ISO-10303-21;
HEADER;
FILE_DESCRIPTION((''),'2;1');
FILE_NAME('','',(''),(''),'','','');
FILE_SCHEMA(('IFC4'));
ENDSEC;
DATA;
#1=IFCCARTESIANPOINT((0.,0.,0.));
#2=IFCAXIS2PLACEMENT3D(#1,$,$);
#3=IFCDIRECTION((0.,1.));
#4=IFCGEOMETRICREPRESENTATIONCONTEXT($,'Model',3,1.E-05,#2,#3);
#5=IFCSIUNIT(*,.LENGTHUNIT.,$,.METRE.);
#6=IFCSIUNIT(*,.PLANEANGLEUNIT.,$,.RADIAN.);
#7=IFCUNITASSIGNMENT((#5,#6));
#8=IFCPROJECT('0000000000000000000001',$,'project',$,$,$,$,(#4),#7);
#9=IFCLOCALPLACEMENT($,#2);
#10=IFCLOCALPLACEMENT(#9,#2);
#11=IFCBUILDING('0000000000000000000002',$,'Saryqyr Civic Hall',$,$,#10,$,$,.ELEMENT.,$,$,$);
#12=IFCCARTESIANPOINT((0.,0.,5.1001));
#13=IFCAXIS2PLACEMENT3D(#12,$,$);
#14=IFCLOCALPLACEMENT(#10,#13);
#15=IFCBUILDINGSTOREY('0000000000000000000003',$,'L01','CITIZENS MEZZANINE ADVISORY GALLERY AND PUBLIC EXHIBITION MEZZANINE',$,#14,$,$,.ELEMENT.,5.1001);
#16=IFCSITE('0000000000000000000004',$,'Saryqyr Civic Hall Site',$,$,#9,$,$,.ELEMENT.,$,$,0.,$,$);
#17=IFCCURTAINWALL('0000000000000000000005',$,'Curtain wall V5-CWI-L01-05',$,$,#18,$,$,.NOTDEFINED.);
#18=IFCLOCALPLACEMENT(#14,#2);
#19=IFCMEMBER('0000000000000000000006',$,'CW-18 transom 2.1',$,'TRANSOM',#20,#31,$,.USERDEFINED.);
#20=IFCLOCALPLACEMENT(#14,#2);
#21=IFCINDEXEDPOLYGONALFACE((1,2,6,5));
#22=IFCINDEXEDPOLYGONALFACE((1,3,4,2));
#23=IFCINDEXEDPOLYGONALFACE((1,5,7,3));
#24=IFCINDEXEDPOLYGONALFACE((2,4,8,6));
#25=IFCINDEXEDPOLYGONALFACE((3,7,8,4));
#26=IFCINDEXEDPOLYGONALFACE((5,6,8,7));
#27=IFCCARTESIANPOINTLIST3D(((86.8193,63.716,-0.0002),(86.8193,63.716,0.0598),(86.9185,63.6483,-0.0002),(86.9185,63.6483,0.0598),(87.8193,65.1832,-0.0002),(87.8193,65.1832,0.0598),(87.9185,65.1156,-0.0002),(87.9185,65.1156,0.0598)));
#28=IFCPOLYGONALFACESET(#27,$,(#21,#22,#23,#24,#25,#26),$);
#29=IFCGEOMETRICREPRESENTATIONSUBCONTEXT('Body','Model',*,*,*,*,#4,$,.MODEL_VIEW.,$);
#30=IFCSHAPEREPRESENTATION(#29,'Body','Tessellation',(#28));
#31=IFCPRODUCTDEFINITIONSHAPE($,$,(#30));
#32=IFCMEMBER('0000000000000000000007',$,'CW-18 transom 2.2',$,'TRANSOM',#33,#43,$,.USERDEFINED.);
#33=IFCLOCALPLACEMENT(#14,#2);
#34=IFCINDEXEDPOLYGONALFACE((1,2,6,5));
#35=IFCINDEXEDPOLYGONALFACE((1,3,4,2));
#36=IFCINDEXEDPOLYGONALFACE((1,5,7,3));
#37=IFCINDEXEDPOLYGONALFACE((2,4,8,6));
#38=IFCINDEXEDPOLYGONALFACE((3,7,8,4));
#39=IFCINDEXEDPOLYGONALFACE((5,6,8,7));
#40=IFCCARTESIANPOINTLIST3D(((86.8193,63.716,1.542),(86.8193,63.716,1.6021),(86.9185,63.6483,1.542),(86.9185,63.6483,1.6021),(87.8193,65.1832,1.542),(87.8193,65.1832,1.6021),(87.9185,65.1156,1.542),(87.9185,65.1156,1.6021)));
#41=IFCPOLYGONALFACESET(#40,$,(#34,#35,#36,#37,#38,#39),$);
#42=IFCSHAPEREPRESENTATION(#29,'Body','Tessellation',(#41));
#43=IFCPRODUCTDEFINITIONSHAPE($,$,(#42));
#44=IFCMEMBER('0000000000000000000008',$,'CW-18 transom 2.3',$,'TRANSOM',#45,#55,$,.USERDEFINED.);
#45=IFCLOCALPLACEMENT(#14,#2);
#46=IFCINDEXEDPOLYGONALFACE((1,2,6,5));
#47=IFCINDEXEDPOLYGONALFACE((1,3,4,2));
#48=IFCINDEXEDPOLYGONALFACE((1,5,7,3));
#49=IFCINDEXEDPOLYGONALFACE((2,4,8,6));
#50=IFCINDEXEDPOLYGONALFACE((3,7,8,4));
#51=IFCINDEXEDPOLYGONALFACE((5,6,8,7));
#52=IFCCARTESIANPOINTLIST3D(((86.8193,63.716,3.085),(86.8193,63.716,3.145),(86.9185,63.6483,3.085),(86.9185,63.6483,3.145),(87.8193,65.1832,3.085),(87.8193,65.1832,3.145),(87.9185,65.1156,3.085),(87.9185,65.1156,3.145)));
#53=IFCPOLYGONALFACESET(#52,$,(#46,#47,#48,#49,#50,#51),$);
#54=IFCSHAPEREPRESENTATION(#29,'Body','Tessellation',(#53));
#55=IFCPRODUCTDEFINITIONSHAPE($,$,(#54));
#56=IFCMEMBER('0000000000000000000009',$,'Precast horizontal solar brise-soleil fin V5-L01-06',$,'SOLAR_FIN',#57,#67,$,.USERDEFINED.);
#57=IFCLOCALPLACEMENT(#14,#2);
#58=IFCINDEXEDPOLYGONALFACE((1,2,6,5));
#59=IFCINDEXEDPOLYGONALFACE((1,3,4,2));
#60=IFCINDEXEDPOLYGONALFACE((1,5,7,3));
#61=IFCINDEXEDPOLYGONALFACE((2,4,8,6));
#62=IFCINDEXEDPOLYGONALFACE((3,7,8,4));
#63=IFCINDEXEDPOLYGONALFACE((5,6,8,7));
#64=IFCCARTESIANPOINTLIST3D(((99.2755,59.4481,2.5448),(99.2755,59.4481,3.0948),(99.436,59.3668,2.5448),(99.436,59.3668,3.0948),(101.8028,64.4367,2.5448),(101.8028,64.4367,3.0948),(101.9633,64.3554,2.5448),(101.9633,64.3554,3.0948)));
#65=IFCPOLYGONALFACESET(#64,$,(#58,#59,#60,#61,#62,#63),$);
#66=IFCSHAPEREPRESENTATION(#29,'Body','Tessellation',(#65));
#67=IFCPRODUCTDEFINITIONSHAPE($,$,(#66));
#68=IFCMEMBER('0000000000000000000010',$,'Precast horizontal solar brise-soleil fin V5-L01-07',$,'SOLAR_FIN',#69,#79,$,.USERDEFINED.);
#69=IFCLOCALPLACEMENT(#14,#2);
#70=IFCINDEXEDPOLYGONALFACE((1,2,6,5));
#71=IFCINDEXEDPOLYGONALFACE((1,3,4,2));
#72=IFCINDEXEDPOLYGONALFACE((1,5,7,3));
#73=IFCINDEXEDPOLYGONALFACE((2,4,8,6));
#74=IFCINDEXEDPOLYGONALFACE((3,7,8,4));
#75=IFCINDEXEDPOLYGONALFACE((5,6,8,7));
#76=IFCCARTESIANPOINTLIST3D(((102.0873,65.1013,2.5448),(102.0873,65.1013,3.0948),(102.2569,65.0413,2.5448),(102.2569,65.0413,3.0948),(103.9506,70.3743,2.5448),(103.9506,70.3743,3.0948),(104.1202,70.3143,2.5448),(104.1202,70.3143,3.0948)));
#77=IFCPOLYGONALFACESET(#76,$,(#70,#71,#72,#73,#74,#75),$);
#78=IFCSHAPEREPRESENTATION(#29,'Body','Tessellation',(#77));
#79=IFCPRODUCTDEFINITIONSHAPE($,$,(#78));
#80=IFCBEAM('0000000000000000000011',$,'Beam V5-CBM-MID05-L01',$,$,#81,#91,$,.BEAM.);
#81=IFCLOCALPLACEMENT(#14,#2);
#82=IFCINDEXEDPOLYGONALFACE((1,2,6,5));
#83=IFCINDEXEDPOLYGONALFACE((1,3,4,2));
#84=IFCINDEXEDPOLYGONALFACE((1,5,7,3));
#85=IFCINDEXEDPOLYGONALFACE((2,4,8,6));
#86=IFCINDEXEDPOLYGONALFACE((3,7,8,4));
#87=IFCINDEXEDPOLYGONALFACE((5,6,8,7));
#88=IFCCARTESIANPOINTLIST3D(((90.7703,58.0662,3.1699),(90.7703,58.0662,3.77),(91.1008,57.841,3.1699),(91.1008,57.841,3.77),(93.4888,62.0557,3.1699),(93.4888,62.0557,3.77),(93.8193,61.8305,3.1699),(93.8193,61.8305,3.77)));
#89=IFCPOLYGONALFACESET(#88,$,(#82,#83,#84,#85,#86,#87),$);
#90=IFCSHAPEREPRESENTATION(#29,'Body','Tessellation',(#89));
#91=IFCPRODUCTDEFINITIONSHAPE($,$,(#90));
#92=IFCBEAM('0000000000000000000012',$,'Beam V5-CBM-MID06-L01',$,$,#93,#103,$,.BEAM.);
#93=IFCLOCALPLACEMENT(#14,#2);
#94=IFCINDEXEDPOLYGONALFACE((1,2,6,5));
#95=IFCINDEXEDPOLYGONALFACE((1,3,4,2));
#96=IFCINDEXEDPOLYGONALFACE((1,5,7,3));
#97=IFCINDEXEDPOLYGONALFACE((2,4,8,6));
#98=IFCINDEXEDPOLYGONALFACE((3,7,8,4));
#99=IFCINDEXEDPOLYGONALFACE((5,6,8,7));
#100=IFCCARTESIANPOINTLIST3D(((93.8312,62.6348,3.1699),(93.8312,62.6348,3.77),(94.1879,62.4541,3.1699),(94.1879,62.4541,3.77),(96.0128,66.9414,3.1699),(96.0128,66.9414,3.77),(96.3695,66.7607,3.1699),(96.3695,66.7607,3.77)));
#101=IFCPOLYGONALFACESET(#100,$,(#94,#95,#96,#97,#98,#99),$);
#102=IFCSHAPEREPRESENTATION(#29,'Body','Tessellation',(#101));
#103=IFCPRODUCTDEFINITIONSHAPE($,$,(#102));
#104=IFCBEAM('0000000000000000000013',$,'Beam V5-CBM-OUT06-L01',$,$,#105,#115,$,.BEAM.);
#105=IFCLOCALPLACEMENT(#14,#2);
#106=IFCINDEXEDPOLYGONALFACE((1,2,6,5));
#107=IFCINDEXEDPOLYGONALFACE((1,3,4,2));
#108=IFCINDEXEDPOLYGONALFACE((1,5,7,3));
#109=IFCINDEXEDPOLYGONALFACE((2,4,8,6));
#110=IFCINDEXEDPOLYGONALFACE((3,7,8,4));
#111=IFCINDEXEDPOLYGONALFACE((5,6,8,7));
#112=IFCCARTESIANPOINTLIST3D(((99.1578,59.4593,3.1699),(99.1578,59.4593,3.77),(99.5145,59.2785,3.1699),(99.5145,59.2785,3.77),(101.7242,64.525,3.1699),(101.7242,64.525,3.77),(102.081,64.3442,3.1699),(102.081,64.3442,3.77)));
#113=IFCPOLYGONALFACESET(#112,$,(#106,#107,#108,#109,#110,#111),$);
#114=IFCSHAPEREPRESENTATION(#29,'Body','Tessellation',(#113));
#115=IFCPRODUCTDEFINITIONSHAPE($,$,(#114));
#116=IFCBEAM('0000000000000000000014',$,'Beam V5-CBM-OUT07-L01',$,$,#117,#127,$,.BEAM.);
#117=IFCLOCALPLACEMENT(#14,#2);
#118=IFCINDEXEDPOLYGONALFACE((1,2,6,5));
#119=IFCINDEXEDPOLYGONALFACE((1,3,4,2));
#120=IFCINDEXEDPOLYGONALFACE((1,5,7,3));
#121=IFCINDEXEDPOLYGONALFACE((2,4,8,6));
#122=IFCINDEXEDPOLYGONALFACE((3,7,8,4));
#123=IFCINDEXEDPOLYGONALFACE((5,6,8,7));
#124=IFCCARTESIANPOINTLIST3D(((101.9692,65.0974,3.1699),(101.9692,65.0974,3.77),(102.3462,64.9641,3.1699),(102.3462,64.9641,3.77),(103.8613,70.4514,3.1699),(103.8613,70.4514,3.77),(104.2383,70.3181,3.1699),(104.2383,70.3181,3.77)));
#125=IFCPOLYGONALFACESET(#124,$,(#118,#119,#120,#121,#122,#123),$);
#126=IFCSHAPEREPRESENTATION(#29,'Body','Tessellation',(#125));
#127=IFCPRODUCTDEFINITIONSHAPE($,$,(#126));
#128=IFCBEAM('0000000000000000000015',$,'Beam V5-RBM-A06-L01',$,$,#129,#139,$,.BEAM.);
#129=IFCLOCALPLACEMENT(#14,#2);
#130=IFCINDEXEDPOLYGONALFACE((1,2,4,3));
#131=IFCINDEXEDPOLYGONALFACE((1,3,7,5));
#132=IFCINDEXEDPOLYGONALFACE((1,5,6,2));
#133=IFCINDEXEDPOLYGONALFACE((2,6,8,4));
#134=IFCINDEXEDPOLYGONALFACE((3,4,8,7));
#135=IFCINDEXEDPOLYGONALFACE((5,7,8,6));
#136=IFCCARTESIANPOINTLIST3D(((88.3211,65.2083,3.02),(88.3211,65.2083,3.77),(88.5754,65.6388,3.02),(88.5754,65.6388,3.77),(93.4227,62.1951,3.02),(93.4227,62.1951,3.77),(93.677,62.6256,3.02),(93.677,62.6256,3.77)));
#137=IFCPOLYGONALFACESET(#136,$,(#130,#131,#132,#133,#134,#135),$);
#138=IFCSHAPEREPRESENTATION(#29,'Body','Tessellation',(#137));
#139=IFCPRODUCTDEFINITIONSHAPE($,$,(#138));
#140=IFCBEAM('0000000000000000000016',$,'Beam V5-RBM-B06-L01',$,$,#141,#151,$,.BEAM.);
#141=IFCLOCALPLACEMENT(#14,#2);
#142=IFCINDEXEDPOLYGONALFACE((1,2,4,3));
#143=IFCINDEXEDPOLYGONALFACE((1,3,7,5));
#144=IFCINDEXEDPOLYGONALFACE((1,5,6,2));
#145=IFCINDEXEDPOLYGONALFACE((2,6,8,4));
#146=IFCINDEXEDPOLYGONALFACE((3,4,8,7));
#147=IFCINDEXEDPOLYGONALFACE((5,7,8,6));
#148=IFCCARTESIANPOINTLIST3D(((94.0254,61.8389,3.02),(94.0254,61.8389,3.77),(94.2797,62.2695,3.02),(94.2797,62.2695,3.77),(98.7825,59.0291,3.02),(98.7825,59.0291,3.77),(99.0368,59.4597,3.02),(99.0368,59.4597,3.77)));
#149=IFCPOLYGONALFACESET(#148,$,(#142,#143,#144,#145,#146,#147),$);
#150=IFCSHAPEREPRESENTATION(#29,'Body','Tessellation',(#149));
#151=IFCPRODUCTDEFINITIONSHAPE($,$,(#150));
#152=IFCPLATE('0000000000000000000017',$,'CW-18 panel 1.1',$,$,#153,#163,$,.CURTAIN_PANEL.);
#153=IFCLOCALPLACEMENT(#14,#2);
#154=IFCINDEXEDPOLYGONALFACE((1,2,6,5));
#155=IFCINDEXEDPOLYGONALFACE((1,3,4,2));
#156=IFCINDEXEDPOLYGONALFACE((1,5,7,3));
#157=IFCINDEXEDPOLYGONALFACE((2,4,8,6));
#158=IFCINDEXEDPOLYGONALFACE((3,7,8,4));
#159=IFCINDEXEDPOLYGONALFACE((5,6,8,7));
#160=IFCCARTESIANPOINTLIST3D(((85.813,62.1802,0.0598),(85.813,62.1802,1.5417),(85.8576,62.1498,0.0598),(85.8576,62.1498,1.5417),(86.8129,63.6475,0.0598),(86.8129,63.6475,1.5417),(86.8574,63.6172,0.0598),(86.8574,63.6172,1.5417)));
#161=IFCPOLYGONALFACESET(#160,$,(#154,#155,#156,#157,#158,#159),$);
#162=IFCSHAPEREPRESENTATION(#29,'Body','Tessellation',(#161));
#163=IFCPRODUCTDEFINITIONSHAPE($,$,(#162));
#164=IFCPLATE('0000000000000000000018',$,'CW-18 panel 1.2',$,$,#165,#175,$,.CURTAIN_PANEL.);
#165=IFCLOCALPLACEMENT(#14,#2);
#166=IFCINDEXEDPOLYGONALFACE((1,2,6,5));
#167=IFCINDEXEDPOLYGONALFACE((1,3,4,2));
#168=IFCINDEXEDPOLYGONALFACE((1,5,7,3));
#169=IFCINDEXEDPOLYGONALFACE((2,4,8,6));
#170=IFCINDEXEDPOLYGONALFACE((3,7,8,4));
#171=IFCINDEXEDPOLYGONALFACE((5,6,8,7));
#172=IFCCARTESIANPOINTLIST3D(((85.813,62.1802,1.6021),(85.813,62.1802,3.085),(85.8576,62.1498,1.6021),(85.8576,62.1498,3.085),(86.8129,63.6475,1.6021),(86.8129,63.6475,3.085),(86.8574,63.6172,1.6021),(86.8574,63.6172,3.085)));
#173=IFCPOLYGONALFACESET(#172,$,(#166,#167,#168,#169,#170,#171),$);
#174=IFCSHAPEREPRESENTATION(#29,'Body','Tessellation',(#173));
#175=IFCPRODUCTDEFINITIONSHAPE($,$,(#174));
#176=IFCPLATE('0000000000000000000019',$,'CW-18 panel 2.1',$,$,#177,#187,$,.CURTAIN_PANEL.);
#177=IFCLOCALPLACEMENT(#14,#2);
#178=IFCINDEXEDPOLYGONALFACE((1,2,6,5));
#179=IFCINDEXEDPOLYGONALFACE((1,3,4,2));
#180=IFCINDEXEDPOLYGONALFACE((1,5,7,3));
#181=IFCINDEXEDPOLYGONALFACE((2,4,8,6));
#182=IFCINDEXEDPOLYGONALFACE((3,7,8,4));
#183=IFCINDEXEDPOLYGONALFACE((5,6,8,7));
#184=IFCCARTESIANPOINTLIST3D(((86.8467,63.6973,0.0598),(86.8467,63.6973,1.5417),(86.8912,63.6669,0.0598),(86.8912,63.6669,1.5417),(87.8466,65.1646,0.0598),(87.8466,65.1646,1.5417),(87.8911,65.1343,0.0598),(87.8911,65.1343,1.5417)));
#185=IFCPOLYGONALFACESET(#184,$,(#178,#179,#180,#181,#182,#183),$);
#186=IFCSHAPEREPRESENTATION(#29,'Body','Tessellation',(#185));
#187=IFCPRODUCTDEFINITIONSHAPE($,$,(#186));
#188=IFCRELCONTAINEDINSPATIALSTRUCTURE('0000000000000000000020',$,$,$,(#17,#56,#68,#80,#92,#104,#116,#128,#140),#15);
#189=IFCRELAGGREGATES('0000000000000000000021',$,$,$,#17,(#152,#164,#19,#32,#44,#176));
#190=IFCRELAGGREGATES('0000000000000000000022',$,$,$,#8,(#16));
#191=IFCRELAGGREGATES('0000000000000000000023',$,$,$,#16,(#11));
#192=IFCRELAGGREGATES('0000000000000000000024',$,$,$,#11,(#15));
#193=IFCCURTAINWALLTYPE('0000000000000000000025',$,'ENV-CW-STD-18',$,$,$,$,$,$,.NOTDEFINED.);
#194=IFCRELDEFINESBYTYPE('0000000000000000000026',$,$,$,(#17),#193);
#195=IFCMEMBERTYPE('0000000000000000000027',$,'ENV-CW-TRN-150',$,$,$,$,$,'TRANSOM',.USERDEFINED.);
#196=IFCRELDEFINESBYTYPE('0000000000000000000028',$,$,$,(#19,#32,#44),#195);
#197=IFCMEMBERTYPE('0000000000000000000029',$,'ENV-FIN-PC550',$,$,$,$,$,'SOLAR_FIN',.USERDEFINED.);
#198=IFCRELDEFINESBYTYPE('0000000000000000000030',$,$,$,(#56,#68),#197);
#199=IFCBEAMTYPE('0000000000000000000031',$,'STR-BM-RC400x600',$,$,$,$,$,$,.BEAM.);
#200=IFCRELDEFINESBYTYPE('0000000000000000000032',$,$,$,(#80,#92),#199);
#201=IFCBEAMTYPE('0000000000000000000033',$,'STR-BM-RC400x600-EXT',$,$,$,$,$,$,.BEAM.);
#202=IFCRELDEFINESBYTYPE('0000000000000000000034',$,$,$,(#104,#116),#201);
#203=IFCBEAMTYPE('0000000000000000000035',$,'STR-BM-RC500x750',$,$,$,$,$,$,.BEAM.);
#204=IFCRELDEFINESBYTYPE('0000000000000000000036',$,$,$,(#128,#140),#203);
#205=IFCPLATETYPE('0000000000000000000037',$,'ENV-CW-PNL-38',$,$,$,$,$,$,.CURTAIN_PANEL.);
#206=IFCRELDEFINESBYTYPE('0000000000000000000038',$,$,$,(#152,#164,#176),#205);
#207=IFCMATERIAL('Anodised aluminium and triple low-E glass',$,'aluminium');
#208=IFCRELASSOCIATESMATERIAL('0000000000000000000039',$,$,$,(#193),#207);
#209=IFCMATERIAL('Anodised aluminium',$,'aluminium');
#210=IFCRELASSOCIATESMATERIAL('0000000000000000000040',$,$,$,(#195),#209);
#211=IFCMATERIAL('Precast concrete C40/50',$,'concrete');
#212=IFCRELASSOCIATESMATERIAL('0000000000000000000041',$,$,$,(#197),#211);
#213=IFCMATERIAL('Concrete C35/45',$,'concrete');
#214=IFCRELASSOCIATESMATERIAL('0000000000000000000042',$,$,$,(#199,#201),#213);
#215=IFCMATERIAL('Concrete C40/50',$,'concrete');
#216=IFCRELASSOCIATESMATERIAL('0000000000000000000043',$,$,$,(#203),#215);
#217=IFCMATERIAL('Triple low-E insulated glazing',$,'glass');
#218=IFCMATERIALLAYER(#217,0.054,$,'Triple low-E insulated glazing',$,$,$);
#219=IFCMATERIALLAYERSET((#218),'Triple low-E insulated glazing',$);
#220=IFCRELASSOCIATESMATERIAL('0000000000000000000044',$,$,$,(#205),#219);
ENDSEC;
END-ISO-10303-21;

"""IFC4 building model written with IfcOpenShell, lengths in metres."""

from ifc_helpers import new_model, si_unit, direction, frame, origin, origin_2d, place, context, subcontext, project, spatial, rectangle, extrude, material, layer, layer_set, material_profile, profile_set, type_object, element, aggregate, save


model = new_model("IFC4")

# Units and contexts
model_context = context("Model", 3, precision=1e-05, world=origin(), true_north=direction((0.0, 1.0)))
body_context = subcontext(model_context, "Body", "Model", "MODEL_VIEW")
ifc_project = project(units=[si_unit("LENGTHUNIT", "METRE"), si_unit("PLANEANGLEUNIT", "RADIAN")], contexts=[model_context])

# Site, building, storey
site_placement = place(None, origin())
site = spatial("IfcSite", under=ifc_project, at=site_placement, Name="Saryqyr Civic Hall Site", CompositionType="ELEMENT", RefElevation=0.0)
building_placement = place(site_placement, origin())
building = spatial("IfcBuilding", under=site, at=building_placement, Name="Saryqyr Civic Hall", CompositionType="ELEMENT")
storey_placement = place(building_placement, frame((0.0, 0.0, 5.1001)))
storey = spatial("IfcBuildingStorey", under=building, at=storey_placement, Name="L01", Description="CITIZENS MEZZANINE ADVISORY GALLERY AND PUBLIC EXHIBITION MEZZANINE", CompositionType="ELEMENT", Elevation=5.1001)

# Shared definitions
ifc_material_1 = material(Name="Concrete C40/50", Category="concrete")

# Shared definitions
ifc_material_2 = material(Name="Anodised aluminium and triple low-E glass", Category="aluminium")
ifc_material_3 = material(Name="Anodised aluminium", Category="aluminium")

# Curtain wall
curtain_wall_type_1 = type_object("IfcCurtainWallType", Name="ENV-CW-STD-18", PredefinedType="NOTDEFINED", material=ifc_material_2)
curtain_wall_1_placement = place(storey_placement, origin())
curtain_wall_1 = element("IfcCurtainWall", 1, at=curtain_wall_1_placement, inside=storey, type_object=curtain_wall_type_1, Name="Curtain wall V5-CWI-L01-05", PredefinedType="NOTDEFINED")

# Members
ifc_material_profile_1 = material_profile(ifc_material_3, rectangle(XDim=0.1201, YDim=0.0601, at=origin_2d()), Name="ALU TRANSOM 120x60")
ifc_profile_set_1 = profile_set([ifc_material_profile_1], Name="Anodised aluminium")
member_type_1 = type_object("IfcMemberType", Name="ENV-CW-TRN-150", ElementType="TRANSOM", PredefinedType="USERDEFINED", material=ifc_profile_set_1)
member_1_placement = place(storey_placement, frame((86.8689, 63.6821, 0.0298), z_axis=(0.563175, 0.826338, 0.0), x_axis=(-0.826338, 0.563175, 0.0)))
member_1 = element("IfcMember", 2, at=member_1_placement, type_object=member_type_1, Name="CW-18 transom 2.1", ObjectType="TRANSOM", PredefinedType="USERDEFINED", context=body_context, shape_type="SweptSolid", body=[
    extrude(rectangle(XDim=0.1201, YDim=0.0601, at=origin_2d()), origin(), (0.0, 0.0, 1.0), 1.7756),
])
member_2_placement = place(storey_placement, frame((86.8689, 63.6821, 1.572), z_axis=(0.563175, 0.826338, 0.0), x_axis=(-0.826338, 0.563175, 0.0)))
member_2 = element("IfcMember", 3, at=member_2_placement, type_object=member_type_1, Name="CW-18 transom 2.2", ObjectType="TRANSOM", PredefinedType="USERDEFINED", context=body_context, shape_type="SweptSolid", body=[
    extrude(rectangle(XDim=0.1201, YDim=0.0601, at=origin_2d()), origin(), (0.0, 0.0, 1.0), 1.7756),
])
member_3_placement = place(storey_placement, frame((86.8689, 63.6821, 3.115), z_axis=(0.563175, 0.826338, 0.0), x_axis=(-0.826338, 0.563175, 0.0)))
member_3 = element("IfcMember", 4, at=member_3_placement, type_object=member_type_1, Name="CW-18 transom 2.3", ObjectType="TRANSOM", PredefinedType="USERDEFINED", context=body_context, shape_type="SweptSolid", body=[
    extrude(rectangle(XDim=0.1201, YDim=0.0601, at=origin_2d()), origin(), (0.0, 0.0, 1.0), 1.7756),
])

# Members
ifc_material_4 = material(Name="Precast concrete C40/50", Category="concrete")
ifc_material_profile_2 = material_profile(ifc_material_4, rectangle(XDim=0.1799, YDim=0.55, at=origin_2d()), Name="PC FIN 180x550")
ifc_profile_set_2 = profile_set([ifc_material_profile_2], Name="Precast concrete C40/50")
member_type_2 = type_object("IfcMemberType", Name="ENV-FIN-PC550", ElementType="SOLAR_FIN", PredefinedType="USERDEFINED", material=ifc_profile_set_2)
member_4_placement = place(storey_placement, frame((99.3557, 59.4075, 2.8198), z_axis=(0.45194, 0.892048, 0.0), x_axis=(-0.892048, 0.45194, 0.0)))
element("IfcMember", 5, at=member_4_placement, inside=storey, type_object=member_type_2, Name="Precast horizontal solar brise-soleil fin V5-L01-06", ObjectType="SOLAR_FIN", PredefinedType="USERDEFINED", context=body_context, shape_type="SweptSolid", body=[
    extrude(rectangle(XDim=0.1799, YDim=0.55, at=origin_2d()), origin(), (0.0, 0.0, 1.0), 5.5923),
])
member_5_placement = place(storey_placement, frame((102.1721, 65.0713, 2.8198), z_axis=(0.333176, 0.942865, 0.0), x_axis=(-0.942865, 0.333176, 0.0)))
element("IfcMember", 6, at=member_5_placement, inside=storey, type_object=member_type_2, Name="Precast horizontal solar brise-soleil fin V5-L01-07", ObjectType="SOLAR_FIN", PredefinedType="USERDEFINED", context=body_context, shape_type="SweptSolid", body=[
    extrude(rectangle(XDim=0.1799, YDim=0.55, at=origin_2d()), origin(), (0.0, 0.0, 1.0), 5.5925),
])

# Beams
ifc_material_5 = material(Name="Concrete C35/45", Category="concrete")
ifc_material_profile_3 = material_profile(ifc_material_5, rectangle(XDim=0.3999, YDim=0.6001, at=origin_2d()), Name="RC 400x600")
ifc_profile_set_3 = profile_set([ifc_material_profile_3], Name="Concrete C35/45")
beam_type_1 = type_object("IfcBeamType", Name="STR-BM-RC400x600", PredefinedType="BEAM", material=ifc_profile_set_3)
for number, where, z_axis, x_axis, name in (
    (7, (90.9355, 57.9536, 3.47), (0.563109, 0.826382, 0.0), (-0.826382, 0.563109, 0.0), "Beam V5-CBM-MID05-L01"),
    (8, (94.0095, 62.5444, 3.47), (0.4519, 0.892068, 0.0), (-0.892068, 0.4519, 0.0), "Beam V5-CBM-MID06-L01"),
):
    element("IfcBeam", number, at=place(storey_placement, frame(where, z_axis=z_axis, x_axis=x_axis)), inside=storey, type_object=beam_type_1, Name=name, PredefinedType="BEAM", context=body_context, shape_type="SweptSolid", body=[
        extrude(rectangle(XDim=0.3999, YDim=0.6001, at=origin_2d()), origin(), (0.0, 0.0, 1.0), 4.8276),
    ])
ifc_material_profile_4 = material_profile(ifc_material_5, rectangle(XDim=0.3999, YDim=0.6001, at=origin_2d()), Name="RC 400x600")
ifc_profile_set_4 = profile_set([ifc_material_profile_4], Name="Concrete C35/45")
beam_type_2 = type_object("IfcBeamType", Name="STR-BM-RC400x600-EXT", PredefinedType="BEAM", material=ifc_profile_set_4)
beam_1_placement = place(storey_placement, frame((99.3362, 59.3689, 3.47), z_axis=(0.451937, 0.89205, 0.0), x_axis=(-0.89205, 0.451937, 0.0)))
element("IfcBeam", 9, at=beam_1_placement, inside=storey, type_object=beam_type_2, Name="Beam V5-CBM-OUT06-L01", PredefinedType="BEAM", context=body_context, shape_type="SweptSolid", body=[
    extrude(rectangle(XDim=0.3999, YDim=0.6001, at=origin_2d()), origin(), (0.0, 0.0, 1.0), 5.6787),
])
beam_2_placement = place(storey_placement, frame((102.1577, 65.0308, 3.47), z_axis=(0.333202, 0.942855, 0.0), x_axis=(-0.942855, 0.333202, 0.0)))
element("IfcBeam", 10, at=beam_2_placement, inside=storey, type_object=beam_type_2, Name="Beam V5-CBM-OUT07-L01", PredefinedType="BEAM", context=body_context, shape_type="SweptSolid", body=[
    extrude(rectangle(XDim=0.3999, YDim=0.6001, at=origin_2d()), origin(), (0.0, 0.0, 1.0), 5.6785),
])
ifc_material_profile_5 = material_profile(ifc_material_1, rectangle(XDim=0.5, YDim=0.75, at=origin_2d()), Name="RC 500x750")
ifc_profile_set_5 = profile_set([ifc_material_profile_5], Name="Concrete C40/50")
beam_type_3 = type_object("IfcBeamType", Name="STR-BM-RC500x750", PredefinedType="BEAM", material=ifc_profile_set_5)
beam_3_placement = place(storey_placement, frame((88.4482, 65.4236, 3.395), z_axis=(0.861028, -0.508557, 0.0), x_axis=(0.508557, 0.861028, 0.0)))
element("IfcBeam", 11, at=beam_3_placement, inside=storey, type_object=beam_type_3, Name="Beam V5-RBM-A06-L01", PredefinedType="BEAM", context=body_context, shape_type="SweptSolid", body=[
    extrude(rectangle(XDim=0.5, YDim=0.75, at=origin_2d()), origin(), (0.0, 0.0, 1.0), 5.925),
])
beam_4_placement = place(storey_placement, frame((94.1526, 62.0542, 3.395), z_axis=(0.861021, -0.50857, 0.0), x_axis=(0.50857, 0.861021, 0.0)))
element("IfcBeam", 12, at=beam_4_placement, inside=storey, type_object=beam_type_3, Name="Beam V5-RBM-B06-L01", PredefinedType="BEAM", context=body_context, shape_type="SweptSolid", body=[
    extrude(rectangle(XDim=0.5, YDim=0.75, at=origin_2d()), origin(), (0.0, 0.0, 1.0), 5.5249),
])

# Plates
ifc_material_6 = material(Name="Triple low-E insulated glazing", Category="glass")
ifc_layer_1 = layer(ifc_material_6, 0.054, Name="Triple low-E insulated glazing")
ifc_layer_set_1 = layer_set([ifc_layer_1], Name="Triple low-E insulated glazing")
plate_type = type_object("IfcPlateType", Name="ENV-CW-PNL-38", PredefinedType="CURTAIN_PANEL", material=ifc_layer_set_1)
plate_1_placement = place(storey_placement, frame((86.3352, 62.8987, 0.0598), z_axis=(0.0, 0.0, 1.0), x_axis=(0.56312, 0.826375, 0.0)))
plate_1 = element("IfcPlate", 13, at=plate_1_placement, type_object=plate_type, Name="CW-18 panel 1.1", PredefinedType="CURTAIN_PANEL", context=body_context, shape_type="SweptSolid", body=[
    extrude(rectangle(XDim=1.7756, YDim=0.054, at=origin_2d()), origin(), (0.0, 0.0, 1.0), 1.4819),
])
plate_2_placement = place(storey_placement, frame((86.3352, 62.8987, 1.6021), z_axis=(0.0, 0.0, 1.0), x_axis=(0.56312, 0.826375, 0.0)))
plate_2 = element("IfcPlate", 14, at=plate_2_placement, type_object=plate_type, Name="CW-18 panel 1.2", PredefinedType="CURTAIN_PANEL", context=body_context, shape_type="SweptSolid", body=[
    extrude(rectangle(XDim=1.7756, YDim=0.054, at=origin_2d()), origin(), (0.0, 0.0, 1.0), 1.4829),
])
plate_3_placement = place(storey_placement, frame((87.3689, 64.4158, 0.0598), z_axis=(0.0, 0.0, 1.0), x_axis=(0.56312, 0.826375, 0.0)))
plate_3 = element("IfcPlate", 15, at=plate_3_placement, type_object=plate_type, Name="CW-18 panel 2.1", PredefinedType="CURTAIN_PANEL", context=body_context, shape_type="SweptSolid", body=[
    extrude(rectangle(XDim=1.7756, YDim=0.054, at=origin_2d()), origin(), (0.0, 0.0, 1.0), 1.4819),
])
aggregate(curtain_wall_1, [plate_1, plate_2, member_1, member_2, member_3, plate_3])

save(model, "model.ifc")
